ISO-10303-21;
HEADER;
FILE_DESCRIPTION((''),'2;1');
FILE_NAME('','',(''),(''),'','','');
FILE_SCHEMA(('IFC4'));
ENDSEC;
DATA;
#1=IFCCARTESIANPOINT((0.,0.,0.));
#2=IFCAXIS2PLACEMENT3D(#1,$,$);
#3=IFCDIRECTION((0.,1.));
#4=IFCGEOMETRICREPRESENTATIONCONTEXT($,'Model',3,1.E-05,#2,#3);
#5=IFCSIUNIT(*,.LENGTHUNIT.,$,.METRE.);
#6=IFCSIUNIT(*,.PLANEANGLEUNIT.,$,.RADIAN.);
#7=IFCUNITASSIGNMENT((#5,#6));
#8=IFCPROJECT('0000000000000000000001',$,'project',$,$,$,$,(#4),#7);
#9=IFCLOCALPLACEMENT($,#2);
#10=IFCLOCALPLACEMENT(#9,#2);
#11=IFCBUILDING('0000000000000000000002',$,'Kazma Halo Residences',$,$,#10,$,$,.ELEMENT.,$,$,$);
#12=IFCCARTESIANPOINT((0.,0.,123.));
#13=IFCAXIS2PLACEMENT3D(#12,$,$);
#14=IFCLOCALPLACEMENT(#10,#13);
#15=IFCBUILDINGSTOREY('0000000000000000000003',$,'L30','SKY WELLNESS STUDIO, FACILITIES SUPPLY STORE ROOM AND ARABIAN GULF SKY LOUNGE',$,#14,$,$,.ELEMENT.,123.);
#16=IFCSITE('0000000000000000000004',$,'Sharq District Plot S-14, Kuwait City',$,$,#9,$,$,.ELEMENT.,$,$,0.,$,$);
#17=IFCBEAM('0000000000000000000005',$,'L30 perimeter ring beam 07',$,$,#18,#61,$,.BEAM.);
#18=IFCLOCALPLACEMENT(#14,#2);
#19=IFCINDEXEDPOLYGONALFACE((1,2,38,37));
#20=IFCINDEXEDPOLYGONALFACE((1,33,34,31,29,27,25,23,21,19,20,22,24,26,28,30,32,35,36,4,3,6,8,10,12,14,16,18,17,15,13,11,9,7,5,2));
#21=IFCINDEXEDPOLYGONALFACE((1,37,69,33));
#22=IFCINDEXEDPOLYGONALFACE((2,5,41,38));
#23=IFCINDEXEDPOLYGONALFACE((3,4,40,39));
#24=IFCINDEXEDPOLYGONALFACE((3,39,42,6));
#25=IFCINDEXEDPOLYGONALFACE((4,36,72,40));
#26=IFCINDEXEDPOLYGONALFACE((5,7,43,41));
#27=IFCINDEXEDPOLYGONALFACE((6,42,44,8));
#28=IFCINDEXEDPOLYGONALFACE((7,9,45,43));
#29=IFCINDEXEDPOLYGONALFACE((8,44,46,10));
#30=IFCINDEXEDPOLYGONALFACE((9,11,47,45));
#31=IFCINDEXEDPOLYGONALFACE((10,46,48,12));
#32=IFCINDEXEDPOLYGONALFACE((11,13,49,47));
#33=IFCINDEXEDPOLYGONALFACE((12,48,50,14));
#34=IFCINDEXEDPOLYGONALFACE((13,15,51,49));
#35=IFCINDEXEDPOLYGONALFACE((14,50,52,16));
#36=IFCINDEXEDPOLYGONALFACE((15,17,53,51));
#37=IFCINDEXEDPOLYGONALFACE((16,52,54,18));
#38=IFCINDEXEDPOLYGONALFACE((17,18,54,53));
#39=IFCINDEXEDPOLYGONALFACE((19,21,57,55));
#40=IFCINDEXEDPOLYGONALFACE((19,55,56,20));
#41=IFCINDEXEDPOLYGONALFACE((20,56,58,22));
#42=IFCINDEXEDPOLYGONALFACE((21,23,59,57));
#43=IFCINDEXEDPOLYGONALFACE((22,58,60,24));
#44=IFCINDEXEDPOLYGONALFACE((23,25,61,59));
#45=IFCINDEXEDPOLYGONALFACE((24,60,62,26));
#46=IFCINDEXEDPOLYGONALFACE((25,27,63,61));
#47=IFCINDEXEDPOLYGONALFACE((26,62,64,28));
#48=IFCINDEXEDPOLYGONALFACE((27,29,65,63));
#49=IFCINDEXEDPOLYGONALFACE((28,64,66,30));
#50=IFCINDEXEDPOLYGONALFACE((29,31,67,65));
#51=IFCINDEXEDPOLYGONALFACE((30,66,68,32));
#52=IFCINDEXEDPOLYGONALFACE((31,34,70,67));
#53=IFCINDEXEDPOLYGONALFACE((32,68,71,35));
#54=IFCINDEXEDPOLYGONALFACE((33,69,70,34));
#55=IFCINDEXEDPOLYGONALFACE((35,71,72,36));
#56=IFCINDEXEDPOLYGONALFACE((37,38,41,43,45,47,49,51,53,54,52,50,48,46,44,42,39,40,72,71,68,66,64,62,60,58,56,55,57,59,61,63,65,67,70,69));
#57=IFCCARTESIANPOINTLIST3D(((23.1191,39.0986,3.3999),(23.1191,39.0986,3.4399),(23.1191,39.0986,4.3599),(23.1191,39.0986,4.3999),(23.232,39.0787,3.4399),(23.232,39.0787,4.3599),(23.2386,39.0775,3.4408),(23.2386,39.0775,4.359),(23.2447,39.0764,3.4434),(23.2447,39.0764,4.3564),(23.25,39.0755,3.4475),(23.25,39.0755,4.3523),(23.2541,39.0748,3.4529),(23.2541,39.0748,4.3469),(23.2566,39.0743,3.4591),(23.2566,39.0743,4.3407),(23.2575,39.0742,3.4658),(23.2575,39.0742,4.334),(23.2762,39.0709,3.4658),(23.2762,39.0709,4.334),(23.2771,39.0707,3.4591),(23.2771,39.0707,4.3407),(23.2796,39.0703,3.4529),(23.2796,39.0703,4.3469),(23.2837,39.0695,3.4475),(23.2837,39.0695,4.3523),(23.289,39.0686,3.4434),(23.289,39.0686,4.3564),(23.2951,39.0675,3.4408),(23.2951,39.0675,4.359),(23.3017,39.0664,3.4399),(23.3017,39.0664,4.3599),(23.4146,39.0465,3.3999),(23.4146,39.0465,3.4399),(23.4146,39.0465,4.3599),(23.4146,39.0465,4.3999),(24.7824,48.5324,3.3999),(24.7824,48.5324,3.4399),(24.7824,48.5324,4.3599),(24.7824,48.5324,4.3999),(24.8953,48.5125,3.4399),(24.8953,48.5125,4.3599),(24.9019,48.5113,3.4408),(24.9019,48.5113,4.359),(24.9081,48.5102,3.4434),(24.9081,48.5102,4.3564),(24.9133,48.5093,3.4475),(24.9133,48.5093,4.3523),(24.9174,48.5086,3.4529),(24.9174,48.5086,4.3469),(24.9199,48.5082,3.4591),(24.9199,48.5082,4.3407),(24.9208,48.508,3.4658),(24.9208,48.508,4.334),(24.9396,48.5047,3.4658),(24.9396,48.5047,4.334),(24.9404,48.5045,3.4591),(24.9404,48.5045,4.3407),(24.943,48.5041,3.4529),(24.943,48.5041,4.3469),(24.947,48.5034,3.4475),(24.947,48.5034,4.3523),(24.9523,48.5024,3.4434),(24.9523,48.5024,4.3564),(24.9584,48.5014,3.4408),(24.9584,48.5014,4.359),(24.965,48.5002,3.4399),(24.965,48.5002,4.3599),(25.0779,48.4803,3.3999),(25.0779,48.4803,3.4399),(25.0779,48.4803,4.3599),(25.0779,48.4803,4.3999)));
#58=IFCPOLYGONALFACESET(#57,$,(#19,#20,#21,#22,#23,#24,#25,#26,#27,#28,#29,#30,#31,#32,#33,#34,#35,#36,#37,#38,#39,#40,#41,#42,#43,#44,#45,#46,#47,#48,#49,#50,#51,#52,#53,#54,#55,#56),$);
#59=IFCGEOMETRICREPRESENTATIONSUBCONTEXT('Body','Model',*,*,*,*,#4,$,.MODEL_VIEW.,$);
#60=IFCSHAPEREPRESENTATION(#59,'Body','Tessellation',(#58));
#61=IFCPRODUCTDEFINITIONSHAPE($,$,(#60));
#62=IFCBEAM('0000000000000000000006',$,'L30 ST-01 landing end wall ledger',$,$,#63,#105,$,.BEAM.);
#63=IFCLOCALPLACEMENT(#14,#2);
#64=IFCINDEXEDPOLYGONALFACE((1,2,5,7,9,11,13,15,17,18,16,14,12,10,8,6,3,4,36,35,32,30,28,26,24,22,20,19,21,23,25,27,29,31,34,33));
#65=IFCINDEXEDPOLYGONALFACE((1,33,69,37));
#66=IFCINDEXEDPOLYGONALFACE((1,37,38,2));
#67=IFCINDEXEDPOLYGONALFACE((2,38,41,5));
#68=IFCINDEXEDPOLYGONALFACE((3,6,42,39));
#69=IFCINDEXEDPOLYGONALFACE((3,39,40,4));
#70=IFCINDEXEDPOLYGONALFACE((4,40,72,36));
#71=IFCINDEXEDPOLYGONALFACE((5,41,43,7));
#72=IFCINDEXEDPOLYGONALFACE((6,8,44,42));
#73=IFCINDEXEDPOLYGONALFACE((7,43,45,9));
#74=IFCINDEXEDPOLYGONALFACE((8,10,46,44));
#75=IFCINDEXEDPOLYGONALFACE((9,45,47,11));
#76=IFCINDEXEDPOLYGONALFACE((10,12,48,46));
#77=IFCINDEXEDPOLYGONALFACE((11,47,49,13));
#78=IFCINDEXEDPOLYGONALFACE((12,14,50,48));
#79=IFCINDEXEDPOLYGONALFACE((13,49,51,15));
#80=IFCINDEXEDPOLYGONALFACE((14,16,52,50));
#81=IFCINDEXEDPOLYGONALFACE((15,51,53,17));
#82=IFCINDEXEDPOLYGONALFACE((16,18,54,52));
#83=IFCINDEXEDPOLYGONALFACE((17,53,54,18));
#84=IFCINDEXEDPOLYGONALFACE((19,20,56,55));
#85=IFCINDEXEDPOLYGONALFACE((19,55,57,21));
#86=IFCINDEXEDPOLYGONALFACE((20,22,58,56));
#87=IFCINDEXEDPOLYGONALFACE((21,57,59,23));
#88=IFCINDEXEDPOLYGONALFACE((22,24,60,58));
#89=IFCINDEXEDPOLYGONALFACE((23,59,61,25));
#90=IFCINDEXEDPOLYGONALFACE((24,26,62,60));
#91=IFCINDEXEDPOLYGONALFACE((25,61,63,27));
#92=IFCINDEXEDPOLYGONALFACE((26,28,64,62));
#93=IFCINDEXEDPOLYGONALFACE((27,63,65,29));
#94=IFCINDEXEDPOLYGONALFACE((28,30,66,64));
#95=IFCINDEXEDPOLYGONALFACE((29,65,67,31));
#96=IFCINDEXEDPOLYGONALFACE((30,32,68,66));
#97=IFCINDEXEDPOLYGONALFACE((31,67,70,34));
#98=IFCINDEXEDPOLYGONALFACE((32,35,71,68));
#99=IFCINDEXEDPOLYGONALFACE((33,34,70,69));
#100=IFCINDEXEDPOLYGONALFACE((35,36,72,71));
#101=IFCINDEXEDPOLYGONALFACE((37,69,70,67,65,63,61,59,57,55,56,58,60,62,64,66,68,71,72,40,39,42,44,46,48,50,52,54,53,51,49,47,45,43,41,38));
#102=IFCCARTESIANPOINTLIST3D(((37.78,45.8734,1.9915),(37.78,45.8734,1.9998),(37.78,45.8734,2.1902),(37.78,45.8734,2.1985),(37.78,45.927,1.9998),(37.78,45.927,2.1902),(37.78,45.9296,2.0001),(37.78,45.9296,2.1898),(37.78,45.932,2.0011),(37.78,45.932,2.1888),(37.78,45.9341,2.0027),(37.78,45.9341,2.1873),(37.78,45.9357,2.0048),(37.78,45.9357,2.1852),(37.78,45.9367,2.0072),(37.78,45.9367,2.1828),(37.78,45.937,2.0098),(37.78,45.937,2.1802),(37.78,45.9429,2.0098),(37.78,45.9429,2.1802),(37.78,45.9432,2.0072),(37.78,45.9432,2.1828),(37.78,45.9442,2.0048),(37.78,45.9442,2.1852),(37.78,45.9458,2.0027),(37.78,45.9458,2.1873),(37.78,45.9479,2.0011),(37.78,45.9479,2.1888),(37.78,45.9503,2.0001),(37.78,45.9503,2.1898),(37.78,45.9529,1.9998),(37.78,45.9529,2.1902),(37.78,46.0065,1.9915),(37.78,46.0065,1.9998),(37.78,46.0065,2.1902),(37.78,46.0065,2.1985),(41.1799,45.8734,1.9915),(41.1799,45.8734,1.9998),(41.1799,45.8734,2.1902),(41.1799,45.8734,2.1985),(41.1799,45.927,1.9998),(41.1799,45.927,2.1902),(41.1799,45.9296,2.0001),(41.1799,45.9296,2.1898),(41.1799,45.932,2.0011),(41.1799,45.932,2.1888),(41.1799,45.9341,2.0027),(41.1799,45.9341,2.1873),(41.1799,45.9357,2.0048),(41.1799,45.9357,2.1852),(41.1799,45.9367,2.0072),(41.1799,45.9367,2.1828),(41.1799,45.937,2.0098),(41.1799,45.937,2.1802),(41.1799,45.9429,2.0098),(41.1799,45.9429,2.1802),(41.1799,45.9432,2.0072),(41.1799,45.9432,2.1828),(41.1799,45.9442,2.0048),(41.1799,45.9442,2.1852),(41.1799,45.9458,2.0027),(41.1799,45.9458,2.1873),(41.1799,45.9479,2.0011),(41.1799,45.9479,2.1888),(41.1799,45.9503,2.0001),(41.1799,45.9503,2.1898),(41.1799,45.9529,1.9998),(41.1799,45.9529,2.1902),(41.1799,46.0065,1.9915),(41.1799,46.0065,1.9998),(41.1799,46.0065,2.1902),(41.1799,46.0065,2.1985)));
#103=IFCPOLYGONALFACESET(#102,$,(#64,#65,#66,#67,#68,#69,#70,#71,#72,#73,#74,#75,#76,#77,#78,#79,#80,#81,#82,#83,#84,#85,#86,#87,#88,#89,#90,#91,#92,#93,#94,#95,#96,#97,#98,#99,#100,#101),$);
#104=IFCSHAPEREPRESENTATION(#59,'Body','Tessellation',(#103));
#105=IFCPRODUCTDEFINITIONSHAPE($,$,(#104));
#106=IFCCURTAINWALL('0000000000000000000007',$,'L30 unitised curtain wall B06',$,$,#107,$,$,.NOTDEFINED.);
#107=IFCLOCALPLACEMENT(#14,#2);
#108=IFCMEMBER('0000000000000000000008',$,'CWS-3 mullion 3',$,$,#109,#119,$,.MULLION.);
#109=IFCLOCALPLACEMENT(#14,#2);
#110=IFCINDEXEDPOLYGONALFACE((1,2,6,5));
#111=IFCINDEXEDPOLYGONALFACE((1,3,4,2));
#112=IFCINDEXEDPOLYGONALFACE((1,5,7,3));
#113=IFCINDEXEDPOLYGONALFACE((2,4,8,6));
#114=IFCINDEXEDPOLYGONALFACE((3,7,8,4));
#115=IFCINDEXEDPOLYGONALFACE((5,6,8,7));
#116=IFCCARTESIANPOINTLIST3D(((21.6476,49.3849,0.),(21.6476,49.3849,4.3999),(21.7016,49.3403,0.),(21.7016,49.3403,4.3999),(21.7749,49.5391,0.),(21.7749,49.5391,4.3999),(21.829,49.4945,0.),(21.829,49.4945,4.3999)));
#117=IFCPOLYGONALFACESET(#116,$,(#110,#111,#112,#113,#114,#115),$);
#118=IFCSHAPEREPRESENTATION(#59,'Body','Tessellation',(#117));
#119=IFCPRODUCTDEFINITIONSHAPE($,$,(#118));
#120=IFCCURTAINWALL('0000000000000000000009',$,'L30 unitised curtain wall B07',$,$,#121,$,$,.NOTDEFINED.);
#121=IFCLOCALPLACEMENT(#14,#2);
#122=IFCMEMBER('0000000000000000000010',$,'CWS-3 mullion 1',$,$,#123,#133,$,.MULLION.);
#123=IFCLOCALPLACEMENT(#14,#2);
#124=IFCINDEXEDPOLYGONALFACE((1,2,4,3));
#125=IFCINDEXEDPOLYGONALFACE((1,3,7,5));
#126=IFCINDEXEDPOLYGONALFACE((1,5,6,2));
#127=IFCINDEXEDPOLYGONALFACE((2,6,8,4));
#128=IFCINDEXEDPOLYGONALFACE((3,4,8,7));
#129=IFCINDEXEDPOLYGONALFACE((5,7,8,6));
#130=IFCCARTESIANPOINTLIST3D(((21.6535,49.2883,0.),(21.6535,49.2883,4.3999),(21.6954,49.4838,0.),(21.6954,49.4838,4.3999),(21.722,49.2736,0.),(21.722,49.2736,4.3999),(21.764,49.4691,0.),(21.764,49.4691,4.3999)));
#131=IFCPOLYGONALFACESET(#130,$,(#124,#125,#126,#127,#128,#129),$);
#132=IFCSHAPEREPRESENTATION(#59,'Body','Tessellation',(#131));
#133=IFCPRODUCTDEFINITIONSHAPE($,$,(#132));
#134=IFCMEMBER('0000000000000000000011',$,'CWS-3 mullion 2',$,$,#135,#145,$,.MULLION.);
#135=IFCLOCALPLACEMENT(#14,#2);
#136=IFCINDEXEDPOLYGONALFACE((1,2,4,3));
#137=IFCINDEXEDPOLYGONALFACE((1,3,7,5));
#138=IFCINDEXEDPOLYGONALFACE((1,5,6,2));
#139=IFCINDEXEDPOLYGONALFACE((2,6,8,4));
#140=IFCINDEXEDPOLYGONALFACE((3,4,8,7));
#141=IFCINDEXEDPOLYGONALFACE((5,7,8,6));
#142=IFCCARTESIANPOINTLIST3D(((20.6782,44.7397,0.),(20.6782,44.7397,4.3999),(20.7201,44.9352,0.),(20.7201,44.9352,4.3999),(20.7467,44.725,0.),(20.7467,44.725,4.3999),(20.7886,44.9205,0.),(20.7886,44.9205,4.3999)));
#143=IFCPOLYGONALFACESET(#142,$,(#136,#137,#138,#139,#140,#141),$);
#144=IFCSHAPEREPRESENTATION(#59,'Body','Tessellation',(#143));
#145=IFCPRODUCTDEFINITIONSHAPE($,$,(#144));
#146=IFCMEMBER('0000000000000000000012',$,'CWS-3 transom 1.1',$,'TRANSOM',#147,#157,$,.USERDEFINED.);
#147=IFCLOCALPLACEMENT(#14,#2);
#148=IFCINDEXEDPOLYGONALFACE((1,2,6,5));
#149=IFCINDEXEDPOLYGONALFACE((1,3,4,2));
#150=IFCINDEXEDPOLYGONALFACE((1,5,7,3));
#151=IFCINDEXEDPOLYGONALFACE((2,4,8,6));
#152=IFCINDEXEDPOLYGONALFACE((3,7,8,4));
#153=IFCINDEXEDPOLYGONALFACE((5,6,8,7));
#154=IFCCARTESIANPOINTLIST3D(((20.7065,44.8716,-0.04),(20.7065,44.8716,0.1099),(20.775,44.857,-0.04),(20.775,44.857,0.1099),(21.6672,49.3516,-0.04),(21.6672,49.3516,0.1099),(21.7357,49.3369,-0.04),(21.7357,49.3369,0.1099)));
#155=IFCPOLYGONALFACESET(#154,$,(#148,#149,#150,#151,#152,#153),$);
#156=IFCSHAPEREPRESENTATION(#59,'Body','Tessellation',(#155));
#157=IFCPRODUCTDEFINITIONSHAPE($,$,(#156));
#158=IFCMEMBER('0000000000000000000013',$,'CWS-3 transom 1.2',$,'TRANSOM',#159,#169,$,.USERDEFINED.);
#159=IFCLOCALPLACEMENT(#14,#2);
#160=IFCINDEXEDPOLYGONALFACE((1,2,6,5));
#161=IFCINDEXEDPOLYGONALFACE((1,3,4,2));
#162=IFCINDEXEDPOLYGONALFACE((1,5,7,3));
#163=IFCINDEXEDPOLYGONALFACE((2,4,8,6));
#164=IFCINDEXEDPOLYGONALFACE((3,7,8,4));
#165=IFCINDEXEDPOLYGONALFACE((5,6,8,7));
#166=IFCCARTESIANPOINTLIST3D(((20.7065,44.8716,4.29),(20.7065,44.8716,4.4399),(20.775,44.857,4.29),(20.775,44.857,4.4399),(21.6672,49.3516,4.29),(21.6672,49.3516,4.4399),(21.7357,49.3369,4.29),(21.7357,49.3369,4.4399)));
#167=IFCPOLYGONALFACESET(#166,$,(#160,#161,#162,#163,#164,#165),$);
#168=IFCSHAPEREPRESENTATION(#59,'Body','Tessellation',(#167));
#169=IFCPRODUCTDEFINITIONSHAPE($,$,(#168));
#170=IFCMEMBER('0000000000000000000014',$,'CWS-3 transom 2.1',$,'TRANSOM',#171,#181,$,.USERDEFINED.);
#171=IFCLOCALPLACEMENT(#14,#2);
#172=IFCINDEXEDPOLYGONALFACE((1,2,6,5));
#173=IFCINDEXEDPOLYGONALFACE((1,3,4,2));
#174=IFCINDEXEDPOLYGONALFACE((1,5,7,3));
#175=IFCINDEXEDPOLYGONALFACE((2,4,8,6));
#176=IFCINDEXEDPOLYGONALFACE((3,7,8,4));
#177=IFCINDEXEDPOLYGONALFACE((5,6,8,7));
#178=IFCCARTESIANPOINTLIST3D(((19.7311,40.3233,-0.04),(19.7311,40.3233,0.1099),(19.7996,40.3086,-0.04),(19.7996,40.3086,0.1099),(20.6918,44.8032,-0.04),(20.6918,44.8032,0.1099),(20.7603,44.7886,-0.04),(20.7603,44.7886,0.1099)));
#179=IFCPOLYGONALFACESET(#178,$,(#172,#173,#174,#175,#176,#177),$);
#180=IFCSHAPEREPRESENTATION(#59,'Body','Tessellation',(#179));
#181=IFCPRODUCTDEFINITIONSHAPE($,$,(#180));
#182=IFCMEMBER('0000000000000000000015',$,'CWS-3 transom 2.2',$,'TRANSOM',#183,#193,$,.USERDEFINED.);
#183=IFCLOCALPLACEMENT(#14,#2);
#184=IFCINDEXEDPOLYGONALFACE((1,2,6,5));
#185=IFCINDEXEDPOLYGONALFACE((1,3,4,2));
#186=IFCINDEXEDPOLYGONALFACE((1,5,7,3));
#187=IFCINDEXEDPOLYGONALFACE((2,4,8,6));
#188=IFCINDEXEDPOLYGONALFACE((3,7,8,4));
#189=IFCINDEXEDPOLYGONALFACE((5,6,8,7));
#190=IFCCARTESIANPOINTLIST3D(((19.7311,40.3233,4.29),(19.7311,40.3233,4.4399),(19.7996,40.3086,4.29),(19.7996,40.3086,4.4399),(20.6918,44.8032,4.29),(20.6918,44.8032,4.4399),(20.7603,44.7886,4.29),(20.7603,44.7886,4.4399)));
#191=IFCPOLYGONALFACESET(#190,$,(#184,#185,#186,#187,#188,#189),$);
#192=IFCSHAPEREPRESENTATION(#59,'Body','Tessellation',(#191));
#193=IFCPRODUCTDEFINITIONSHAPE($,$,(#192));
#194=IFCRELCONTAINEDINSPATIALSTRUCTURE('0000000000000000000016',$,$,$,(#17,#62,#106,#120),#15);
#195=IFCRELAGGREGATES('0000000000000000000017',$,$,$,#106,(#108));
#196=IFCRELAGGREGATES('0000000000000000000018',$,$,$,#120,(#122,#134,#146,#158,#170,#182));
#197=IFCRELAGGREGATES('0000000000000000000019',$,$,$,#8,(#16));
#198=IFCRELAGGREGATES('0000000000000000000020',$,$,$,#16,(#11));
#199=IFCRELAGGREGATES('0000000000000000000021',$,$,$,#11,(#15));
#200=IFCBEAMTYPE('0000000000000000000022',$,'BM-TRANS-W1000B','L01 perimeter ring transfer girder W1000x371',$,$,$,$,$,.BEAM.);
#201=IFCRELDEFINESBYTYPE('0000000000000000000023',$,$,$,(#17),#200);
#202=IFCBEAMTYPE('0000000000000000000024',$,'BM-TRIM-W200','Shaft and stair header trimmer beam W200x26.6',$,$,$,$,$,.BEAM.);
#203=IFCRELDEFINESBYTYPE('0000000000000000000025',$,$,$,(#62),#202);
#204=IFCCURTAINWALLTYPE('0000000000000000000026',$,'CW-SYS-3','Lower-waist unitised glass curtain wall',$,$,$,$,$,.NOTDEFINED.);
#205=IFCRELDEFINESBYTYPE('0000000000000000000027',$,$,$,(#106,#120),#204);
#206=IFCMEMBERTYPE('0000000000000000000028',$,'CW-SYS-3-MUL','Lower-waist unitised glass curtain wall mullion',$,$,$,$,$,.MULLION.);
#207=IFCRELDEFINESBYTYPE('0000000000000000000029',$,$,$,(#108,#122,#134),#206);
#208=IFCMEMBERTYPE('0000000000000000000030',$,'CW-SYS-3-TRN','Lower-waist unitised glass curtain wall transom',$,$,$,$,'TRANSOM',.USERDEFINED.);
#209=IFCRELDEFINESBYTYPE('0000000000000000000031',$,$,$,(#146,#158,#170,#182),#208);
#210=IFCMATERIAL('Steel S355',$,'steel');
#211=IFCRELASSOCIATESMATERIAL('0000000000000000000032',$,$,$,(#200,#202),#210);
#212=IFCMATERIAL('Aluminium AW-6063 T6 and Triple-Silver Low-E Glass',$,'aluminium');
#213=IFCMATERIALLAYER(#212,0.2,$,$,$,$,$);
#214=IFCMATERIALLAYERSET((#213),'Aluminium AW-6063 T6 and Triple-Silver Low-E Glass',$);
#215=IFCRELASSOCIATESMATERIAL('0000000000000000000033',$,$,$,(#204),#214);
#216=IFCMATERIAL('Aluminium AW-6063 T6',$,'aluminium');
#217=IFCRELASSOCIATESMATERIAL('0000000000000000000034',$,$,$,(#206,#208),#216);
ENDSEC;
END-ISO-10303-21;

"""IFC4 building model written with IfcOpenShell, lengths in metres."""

from ifc_helpers import new_model, si_unit, direction, frame, origin, origin_2d, place, context, subcontext, project, spatial, rectangle, i_section, extrude, material, layer, layer_set, material_profile, profile_set, type_object, element, aggregate, save


model = new_model("IFC4")

# Units and contexts
model_context = context("Model", 3, precision=1e-05, world=origin(), true_north=direction((0.0, 1.0)))
body_context = subcontext(model_context, "Body", "Model", "MODEL_VIEW")
ifc_project = project(units=[si_unit("LENGTHUNIT", "METRE"), si_unit("PLANEANGLEUNIT", "RADIAN")], contexts=[model_context])

# Site, building, storey
site_placement = place(None, origin())
site = spatial("IfcSite", under=ifc_project, at=site_placement, Name="Sharq District Plot S-14, Kuwait City", CompositionType="ELEMENT", RefElevation=0.0)
building_placement = place(site_placement, origin())
building = spatial("IfcBuilding", under=site, at=building_placement, Name="Kazma Halo Residences", CompositionType="ELEMENT")
storey_placement = place(building_placement, frame((0.0, 0.0, 123.0)))
storey = spatial("IfcBuildingStorey", under=building, at=storey_placement, Name="L30", Description="SKY WELLNESS STUDIO, FACILITIES SUPPLY STORE ROOM AND ARABIAN GULF SKY LOUNGE", CompositionType="ELEMENT", Elevation=123.0)

# Beams
ifc_material_1 = material(Name="Steel S355", Category="steel")
ifc_material_profile_1 = material_profile(ifc_material_1, i_section(OverallWidth=0.3, OverallDepth=1.0, WebThickness=0.019, FlangeThickness=0.04, FilletRadius=0.0259, at=origin_2d()), Name="W1000x371")
ifc_profile_set_1 = profile_set([ifc_material_profile_1], Name="Steel S355")
beam_type_1 = type_object("IfcBeamType", Name="BM-TRANS-W1000B", Description="L01 perimeter ring transfer girder W1000x371", PredefinedType="BEAM", material=ifc_profile_set_1)
beam_1_placement = place(storey_placement, frame((24.9302, 48.5063, 3.8999), z_axis=(-0.173637, -0.98481, 0.0), x_axis=(0.98481, -0.173637, 0.0)))
element("IfcBeam", 1, at=beam_1_placement, inside=storey, type_object=beam_type_1, Name="L30 perimeter ring beam 07", PredefinedType="BEAM", context=body_context, shape_type="SweptSolid", body=[
    extrude(i_section(OverallWidth=0.3, OverallDepth=1.0, WebThickness=0.019, FlangeThickness=0.04, FilletRadius=0.0259, at=origin_2d()), origin(), (0.0, 0.0, 1.0), 9.5793),
])
ifc_material_profile_2 = material_profile(ifc_material_1, i_section(OverallWidth=0.1331, OverallDepth=0.207, WebThickness=0.0059, FlangeThickness=0.0083, FilletRadius=0.01, at=origin_2d()), Name="W200x26.6")
ifc_profile_set_2 = profile_set([ifc_material_profile_2], Name="Steel S355")
beam_type_2 = type_object("IfcBeamType", Name="BM-TRIM-W200", Description="Shaft and stair header trimmer beam W200x26.6", PredefinedType="BEAM", material=ifc_profile_set_2)
beam_2_placement = place(storey_placement, frame((37.78, 45.9399, 2.095), z_axis=(1.0, 0.0, 0.0), x_axis=(0.0, 1.0, 0.0)))
element("IfcBeam", 2, at=beam_2_placement, inside=storey, type_object=beam_type_2, Name="L30 ST-01 landing end wall ledger", PredefinedType="BEAM", context=body_context, shape_type="SweptSolid", body=[
    extrude(i_section(OverallWidth=0.1331, OverallDepth=0.207, WebThickness=0.0059, FlangeThickness=0.0083, FilletRadius=0.01, at=origin_2d()), origin(), (0.0, 0.0, 1.0), 3.3999),
])

# Curtain wall, member
ifc_material_2 = material(Name="Aluminium AW-6063 T6 and Triple-Silver Low-E Glass", Category="aluminium")
ifc_layer_1 = layer(ifc_material_2, 0.2)
ifc_layer_set_1 = layer_set([ifc_layer_1], Name="Aluminium AW-6063 T6 and Triple-Silver Low-E Glass")
curtain_wall_type = type_object("IfcCurtainWallType", Name="CW-SYS-3", Description="Lower-waist unitised glass curtain wall", PredefinedType="NOTDEFINED", material=ifc_layer_set_1)
curtain_wall_1_placement = place(storey_placement, origin())
curtain_wall_1 = element("IfcCurtainWall", 3, at=curtain_wall_1_placement, inside=storey, type_object=curtain_wall_type, Name="L30 unitised curtain wall B06", PredefinedType="NOTDEFINED")
ifc_material_3 = material(Name="Aluminium AW-6063 T6", Category="aluminium")
ifc_material_profile_3 = material_profile(ifc_material_3, rectangle(XDim=0.0701, YDim=0.2, at=origin_2d()), Name="CWM-70x200")
ifc_profile_set_3 = profile_set([ifc_material_profile_3], Name="Aluminium AW-6063 T6")
member_type_1 = type_object("IfcMemberType", Name="CW-SYS-3-MUL", Description="Lower-waist unitised glass curtain wall mullion", PredefinedType="MULLION", material=ifc_profile_set_3)
member_1_placement = place(storey_placement, frame((21.7383, 49.4397, 0.0), z_axis=(0.0, 0.0, 1.0), x_axis=(0.771065, -0.636756, 0.0)))
member_1 = element("IfcMember", 4, at=member_1_placement, type_object=member_type_1, Name="CWS-3 mullion 3", PredefinedType="MULLION", context=body_context, shape_type="SweptSolid", body=[
    extrude(rectangle(XDim=0.0701, YDim=0.2, at=origin_2d()), origin(), (0.0, 0.0, 1.0), 4.3999),
])

# Curtain wall, members
curtain_wall_2_placement = place(storey_placement, origin())
curtain_wall_2 = element("IfcCurtainWall", 5, at=curtain_wall_2_placement, inside=storey, type_object=curtain_wall_type, Name="L30 unitised curtain wall B07", PredefinedType="NOTDEFINED")
member_2_placement = place(storey_placement, frame((21.7087, 49.3787, 0.0), z_axis=(0.0, 0.0, 1.0), x_axis=(0.97777, -0.209681, 0.0)))
member_2 = element("IfcMember", 6, at=member_2_placement, type_object=member_type_1, Name="CWS-3 mullion 1", PredefinedType="MULLION", context=body_context, shape_type="SweptSolid", body=[
    extrude(rectangle(XDim=0.0701, YDim=0.2, at=origin_2d()), origin(), (0.0, 0.0, 1.0), 4.3999),
])
member_3_placement = place(storey_placement, frame((20.7334, 44.8301, 0.0), z_axis=(0.0, 0.0, 1.0), x_axis=(0.97777, -0.209681, 0.0)))
member_3 = element("IfcMember", 7, at=member_3_placement, type_object=member_type_1, Name="CWS-3 mullion 2", PredefinedType="MULLION", context=body_context, shape_type="SweptSolid", body=[
    extrude(rectangle(XDim=0.0701, YDim=0.2, at=origin_2d()), origin(), (0.0, 0.0, 1.0), 4.3999),
])
ifc_material_profile_4 = material_profile(ifc_material_3, rectangle(XDim=0.0701, YDim=0.1499, at=origin_2d()), Name="CWT-70x150")
ifc_profile_set_4 = profile_set([ifc_material_profile_4], Name="Aluminium AW-6063 T6")
member_type_2 = type_object("IfcMemberType", Name="CW-SYS-3-TRN", Description="Lower-waist unitised glass curtain wall transom", ElementType="TRANSOM", PredefinedType="USERDEFINED", material=ifc_profile_set_4)
member_4_placement = place(storey_placement, frame((21.7014, 49.3442, 0.0349), z_axis=(-0.209675, -0.977771, 0.0), x_axis=(0.977771, -0.209675, 0.0)))
member_4 = element("IfcMember", 8, at=member_4_placement, type_object=member_type_2, Name="CWS-3 transom 1.1", ObjectType="TRANSOM", PredefinedType="USERDEFINED", context=body_context, shape_type="SweptSolid", body=[
    extrude(rectangle(XDim=0.0701, YDim=0.1499, at=origin_2d()), origin(), (0.0, 0.0, 1.0), 4.5818),
])
member_5_placement = place(storey_placement, frame((21.7014, 49.3442, 4.365), z_axis=(-0.209675, -0.977771, 0.0), x_axis=(0.977771, -0.209675, 0.0)))
member_5 = element("IfcMember", 9, at=member_5_placement, type_object=member_type_2, Name="CWS-3 transom 1.2", ObjectType="TRANSOM", PredefinedType="USERDEFINED", context=body_context, shape_type="SweptSolid", body=[
    extrude(rectangle(XDim=0.0701, YDim=0.1499, at=origin_2d()), origin(), (0.0, 0.0, 1.0), 4.5818),
])
member_6_placement = place(storey_placement, frame((20.7261, 44.7959, 0.0349), z_axis=(-0.209675, -0.977771, 0.0), x_axis=(0.977771, -0.209675, 0.0)))
member_6 = element("IfcMember", 10, at=member_6_placement, type_object=member_type_2, Name="CWS-3 transom 2.1", ObjectType="TRANSOM", PredefinedType="USERDEFINED", context=body_context, shape_type="SweptSolid", body=[
    extrude(rectangle(XDim=0.0701, YDim=0.1499, at=origin_2d()), origin(), (0.0, 0.0, 1.0), 4.5818),
])
member_7_placement = place(storey_placement, frame((20.7261, 44.7959, 4.365), z_axis=(-0.209675, -0.977771, 0.0), x_axis=(0.977771, -0.209675, 0.0)))
member_7 = element("IfcMember", 11, at=member_7_placement, type_object=member_type_2, Name="CWS-3 transom 2.2", ObjectType="TRANSOM", PredefinedType="USERDEFINED", context=body_context, shape_type="SweptSolid", body=[
    extrude(rectangle(XDim=0.0701, YDim=0.1499, at=origin_2d()), origin(), (0.0, 0.0, 1.0), 4.5818),
])

aggregate(curtain_wall_1, [member_1])
aggregate(curtain_wall_2, [member_2, member_3, member_4, member_5, member_6, member_7])

save(model, "model.ifc")
